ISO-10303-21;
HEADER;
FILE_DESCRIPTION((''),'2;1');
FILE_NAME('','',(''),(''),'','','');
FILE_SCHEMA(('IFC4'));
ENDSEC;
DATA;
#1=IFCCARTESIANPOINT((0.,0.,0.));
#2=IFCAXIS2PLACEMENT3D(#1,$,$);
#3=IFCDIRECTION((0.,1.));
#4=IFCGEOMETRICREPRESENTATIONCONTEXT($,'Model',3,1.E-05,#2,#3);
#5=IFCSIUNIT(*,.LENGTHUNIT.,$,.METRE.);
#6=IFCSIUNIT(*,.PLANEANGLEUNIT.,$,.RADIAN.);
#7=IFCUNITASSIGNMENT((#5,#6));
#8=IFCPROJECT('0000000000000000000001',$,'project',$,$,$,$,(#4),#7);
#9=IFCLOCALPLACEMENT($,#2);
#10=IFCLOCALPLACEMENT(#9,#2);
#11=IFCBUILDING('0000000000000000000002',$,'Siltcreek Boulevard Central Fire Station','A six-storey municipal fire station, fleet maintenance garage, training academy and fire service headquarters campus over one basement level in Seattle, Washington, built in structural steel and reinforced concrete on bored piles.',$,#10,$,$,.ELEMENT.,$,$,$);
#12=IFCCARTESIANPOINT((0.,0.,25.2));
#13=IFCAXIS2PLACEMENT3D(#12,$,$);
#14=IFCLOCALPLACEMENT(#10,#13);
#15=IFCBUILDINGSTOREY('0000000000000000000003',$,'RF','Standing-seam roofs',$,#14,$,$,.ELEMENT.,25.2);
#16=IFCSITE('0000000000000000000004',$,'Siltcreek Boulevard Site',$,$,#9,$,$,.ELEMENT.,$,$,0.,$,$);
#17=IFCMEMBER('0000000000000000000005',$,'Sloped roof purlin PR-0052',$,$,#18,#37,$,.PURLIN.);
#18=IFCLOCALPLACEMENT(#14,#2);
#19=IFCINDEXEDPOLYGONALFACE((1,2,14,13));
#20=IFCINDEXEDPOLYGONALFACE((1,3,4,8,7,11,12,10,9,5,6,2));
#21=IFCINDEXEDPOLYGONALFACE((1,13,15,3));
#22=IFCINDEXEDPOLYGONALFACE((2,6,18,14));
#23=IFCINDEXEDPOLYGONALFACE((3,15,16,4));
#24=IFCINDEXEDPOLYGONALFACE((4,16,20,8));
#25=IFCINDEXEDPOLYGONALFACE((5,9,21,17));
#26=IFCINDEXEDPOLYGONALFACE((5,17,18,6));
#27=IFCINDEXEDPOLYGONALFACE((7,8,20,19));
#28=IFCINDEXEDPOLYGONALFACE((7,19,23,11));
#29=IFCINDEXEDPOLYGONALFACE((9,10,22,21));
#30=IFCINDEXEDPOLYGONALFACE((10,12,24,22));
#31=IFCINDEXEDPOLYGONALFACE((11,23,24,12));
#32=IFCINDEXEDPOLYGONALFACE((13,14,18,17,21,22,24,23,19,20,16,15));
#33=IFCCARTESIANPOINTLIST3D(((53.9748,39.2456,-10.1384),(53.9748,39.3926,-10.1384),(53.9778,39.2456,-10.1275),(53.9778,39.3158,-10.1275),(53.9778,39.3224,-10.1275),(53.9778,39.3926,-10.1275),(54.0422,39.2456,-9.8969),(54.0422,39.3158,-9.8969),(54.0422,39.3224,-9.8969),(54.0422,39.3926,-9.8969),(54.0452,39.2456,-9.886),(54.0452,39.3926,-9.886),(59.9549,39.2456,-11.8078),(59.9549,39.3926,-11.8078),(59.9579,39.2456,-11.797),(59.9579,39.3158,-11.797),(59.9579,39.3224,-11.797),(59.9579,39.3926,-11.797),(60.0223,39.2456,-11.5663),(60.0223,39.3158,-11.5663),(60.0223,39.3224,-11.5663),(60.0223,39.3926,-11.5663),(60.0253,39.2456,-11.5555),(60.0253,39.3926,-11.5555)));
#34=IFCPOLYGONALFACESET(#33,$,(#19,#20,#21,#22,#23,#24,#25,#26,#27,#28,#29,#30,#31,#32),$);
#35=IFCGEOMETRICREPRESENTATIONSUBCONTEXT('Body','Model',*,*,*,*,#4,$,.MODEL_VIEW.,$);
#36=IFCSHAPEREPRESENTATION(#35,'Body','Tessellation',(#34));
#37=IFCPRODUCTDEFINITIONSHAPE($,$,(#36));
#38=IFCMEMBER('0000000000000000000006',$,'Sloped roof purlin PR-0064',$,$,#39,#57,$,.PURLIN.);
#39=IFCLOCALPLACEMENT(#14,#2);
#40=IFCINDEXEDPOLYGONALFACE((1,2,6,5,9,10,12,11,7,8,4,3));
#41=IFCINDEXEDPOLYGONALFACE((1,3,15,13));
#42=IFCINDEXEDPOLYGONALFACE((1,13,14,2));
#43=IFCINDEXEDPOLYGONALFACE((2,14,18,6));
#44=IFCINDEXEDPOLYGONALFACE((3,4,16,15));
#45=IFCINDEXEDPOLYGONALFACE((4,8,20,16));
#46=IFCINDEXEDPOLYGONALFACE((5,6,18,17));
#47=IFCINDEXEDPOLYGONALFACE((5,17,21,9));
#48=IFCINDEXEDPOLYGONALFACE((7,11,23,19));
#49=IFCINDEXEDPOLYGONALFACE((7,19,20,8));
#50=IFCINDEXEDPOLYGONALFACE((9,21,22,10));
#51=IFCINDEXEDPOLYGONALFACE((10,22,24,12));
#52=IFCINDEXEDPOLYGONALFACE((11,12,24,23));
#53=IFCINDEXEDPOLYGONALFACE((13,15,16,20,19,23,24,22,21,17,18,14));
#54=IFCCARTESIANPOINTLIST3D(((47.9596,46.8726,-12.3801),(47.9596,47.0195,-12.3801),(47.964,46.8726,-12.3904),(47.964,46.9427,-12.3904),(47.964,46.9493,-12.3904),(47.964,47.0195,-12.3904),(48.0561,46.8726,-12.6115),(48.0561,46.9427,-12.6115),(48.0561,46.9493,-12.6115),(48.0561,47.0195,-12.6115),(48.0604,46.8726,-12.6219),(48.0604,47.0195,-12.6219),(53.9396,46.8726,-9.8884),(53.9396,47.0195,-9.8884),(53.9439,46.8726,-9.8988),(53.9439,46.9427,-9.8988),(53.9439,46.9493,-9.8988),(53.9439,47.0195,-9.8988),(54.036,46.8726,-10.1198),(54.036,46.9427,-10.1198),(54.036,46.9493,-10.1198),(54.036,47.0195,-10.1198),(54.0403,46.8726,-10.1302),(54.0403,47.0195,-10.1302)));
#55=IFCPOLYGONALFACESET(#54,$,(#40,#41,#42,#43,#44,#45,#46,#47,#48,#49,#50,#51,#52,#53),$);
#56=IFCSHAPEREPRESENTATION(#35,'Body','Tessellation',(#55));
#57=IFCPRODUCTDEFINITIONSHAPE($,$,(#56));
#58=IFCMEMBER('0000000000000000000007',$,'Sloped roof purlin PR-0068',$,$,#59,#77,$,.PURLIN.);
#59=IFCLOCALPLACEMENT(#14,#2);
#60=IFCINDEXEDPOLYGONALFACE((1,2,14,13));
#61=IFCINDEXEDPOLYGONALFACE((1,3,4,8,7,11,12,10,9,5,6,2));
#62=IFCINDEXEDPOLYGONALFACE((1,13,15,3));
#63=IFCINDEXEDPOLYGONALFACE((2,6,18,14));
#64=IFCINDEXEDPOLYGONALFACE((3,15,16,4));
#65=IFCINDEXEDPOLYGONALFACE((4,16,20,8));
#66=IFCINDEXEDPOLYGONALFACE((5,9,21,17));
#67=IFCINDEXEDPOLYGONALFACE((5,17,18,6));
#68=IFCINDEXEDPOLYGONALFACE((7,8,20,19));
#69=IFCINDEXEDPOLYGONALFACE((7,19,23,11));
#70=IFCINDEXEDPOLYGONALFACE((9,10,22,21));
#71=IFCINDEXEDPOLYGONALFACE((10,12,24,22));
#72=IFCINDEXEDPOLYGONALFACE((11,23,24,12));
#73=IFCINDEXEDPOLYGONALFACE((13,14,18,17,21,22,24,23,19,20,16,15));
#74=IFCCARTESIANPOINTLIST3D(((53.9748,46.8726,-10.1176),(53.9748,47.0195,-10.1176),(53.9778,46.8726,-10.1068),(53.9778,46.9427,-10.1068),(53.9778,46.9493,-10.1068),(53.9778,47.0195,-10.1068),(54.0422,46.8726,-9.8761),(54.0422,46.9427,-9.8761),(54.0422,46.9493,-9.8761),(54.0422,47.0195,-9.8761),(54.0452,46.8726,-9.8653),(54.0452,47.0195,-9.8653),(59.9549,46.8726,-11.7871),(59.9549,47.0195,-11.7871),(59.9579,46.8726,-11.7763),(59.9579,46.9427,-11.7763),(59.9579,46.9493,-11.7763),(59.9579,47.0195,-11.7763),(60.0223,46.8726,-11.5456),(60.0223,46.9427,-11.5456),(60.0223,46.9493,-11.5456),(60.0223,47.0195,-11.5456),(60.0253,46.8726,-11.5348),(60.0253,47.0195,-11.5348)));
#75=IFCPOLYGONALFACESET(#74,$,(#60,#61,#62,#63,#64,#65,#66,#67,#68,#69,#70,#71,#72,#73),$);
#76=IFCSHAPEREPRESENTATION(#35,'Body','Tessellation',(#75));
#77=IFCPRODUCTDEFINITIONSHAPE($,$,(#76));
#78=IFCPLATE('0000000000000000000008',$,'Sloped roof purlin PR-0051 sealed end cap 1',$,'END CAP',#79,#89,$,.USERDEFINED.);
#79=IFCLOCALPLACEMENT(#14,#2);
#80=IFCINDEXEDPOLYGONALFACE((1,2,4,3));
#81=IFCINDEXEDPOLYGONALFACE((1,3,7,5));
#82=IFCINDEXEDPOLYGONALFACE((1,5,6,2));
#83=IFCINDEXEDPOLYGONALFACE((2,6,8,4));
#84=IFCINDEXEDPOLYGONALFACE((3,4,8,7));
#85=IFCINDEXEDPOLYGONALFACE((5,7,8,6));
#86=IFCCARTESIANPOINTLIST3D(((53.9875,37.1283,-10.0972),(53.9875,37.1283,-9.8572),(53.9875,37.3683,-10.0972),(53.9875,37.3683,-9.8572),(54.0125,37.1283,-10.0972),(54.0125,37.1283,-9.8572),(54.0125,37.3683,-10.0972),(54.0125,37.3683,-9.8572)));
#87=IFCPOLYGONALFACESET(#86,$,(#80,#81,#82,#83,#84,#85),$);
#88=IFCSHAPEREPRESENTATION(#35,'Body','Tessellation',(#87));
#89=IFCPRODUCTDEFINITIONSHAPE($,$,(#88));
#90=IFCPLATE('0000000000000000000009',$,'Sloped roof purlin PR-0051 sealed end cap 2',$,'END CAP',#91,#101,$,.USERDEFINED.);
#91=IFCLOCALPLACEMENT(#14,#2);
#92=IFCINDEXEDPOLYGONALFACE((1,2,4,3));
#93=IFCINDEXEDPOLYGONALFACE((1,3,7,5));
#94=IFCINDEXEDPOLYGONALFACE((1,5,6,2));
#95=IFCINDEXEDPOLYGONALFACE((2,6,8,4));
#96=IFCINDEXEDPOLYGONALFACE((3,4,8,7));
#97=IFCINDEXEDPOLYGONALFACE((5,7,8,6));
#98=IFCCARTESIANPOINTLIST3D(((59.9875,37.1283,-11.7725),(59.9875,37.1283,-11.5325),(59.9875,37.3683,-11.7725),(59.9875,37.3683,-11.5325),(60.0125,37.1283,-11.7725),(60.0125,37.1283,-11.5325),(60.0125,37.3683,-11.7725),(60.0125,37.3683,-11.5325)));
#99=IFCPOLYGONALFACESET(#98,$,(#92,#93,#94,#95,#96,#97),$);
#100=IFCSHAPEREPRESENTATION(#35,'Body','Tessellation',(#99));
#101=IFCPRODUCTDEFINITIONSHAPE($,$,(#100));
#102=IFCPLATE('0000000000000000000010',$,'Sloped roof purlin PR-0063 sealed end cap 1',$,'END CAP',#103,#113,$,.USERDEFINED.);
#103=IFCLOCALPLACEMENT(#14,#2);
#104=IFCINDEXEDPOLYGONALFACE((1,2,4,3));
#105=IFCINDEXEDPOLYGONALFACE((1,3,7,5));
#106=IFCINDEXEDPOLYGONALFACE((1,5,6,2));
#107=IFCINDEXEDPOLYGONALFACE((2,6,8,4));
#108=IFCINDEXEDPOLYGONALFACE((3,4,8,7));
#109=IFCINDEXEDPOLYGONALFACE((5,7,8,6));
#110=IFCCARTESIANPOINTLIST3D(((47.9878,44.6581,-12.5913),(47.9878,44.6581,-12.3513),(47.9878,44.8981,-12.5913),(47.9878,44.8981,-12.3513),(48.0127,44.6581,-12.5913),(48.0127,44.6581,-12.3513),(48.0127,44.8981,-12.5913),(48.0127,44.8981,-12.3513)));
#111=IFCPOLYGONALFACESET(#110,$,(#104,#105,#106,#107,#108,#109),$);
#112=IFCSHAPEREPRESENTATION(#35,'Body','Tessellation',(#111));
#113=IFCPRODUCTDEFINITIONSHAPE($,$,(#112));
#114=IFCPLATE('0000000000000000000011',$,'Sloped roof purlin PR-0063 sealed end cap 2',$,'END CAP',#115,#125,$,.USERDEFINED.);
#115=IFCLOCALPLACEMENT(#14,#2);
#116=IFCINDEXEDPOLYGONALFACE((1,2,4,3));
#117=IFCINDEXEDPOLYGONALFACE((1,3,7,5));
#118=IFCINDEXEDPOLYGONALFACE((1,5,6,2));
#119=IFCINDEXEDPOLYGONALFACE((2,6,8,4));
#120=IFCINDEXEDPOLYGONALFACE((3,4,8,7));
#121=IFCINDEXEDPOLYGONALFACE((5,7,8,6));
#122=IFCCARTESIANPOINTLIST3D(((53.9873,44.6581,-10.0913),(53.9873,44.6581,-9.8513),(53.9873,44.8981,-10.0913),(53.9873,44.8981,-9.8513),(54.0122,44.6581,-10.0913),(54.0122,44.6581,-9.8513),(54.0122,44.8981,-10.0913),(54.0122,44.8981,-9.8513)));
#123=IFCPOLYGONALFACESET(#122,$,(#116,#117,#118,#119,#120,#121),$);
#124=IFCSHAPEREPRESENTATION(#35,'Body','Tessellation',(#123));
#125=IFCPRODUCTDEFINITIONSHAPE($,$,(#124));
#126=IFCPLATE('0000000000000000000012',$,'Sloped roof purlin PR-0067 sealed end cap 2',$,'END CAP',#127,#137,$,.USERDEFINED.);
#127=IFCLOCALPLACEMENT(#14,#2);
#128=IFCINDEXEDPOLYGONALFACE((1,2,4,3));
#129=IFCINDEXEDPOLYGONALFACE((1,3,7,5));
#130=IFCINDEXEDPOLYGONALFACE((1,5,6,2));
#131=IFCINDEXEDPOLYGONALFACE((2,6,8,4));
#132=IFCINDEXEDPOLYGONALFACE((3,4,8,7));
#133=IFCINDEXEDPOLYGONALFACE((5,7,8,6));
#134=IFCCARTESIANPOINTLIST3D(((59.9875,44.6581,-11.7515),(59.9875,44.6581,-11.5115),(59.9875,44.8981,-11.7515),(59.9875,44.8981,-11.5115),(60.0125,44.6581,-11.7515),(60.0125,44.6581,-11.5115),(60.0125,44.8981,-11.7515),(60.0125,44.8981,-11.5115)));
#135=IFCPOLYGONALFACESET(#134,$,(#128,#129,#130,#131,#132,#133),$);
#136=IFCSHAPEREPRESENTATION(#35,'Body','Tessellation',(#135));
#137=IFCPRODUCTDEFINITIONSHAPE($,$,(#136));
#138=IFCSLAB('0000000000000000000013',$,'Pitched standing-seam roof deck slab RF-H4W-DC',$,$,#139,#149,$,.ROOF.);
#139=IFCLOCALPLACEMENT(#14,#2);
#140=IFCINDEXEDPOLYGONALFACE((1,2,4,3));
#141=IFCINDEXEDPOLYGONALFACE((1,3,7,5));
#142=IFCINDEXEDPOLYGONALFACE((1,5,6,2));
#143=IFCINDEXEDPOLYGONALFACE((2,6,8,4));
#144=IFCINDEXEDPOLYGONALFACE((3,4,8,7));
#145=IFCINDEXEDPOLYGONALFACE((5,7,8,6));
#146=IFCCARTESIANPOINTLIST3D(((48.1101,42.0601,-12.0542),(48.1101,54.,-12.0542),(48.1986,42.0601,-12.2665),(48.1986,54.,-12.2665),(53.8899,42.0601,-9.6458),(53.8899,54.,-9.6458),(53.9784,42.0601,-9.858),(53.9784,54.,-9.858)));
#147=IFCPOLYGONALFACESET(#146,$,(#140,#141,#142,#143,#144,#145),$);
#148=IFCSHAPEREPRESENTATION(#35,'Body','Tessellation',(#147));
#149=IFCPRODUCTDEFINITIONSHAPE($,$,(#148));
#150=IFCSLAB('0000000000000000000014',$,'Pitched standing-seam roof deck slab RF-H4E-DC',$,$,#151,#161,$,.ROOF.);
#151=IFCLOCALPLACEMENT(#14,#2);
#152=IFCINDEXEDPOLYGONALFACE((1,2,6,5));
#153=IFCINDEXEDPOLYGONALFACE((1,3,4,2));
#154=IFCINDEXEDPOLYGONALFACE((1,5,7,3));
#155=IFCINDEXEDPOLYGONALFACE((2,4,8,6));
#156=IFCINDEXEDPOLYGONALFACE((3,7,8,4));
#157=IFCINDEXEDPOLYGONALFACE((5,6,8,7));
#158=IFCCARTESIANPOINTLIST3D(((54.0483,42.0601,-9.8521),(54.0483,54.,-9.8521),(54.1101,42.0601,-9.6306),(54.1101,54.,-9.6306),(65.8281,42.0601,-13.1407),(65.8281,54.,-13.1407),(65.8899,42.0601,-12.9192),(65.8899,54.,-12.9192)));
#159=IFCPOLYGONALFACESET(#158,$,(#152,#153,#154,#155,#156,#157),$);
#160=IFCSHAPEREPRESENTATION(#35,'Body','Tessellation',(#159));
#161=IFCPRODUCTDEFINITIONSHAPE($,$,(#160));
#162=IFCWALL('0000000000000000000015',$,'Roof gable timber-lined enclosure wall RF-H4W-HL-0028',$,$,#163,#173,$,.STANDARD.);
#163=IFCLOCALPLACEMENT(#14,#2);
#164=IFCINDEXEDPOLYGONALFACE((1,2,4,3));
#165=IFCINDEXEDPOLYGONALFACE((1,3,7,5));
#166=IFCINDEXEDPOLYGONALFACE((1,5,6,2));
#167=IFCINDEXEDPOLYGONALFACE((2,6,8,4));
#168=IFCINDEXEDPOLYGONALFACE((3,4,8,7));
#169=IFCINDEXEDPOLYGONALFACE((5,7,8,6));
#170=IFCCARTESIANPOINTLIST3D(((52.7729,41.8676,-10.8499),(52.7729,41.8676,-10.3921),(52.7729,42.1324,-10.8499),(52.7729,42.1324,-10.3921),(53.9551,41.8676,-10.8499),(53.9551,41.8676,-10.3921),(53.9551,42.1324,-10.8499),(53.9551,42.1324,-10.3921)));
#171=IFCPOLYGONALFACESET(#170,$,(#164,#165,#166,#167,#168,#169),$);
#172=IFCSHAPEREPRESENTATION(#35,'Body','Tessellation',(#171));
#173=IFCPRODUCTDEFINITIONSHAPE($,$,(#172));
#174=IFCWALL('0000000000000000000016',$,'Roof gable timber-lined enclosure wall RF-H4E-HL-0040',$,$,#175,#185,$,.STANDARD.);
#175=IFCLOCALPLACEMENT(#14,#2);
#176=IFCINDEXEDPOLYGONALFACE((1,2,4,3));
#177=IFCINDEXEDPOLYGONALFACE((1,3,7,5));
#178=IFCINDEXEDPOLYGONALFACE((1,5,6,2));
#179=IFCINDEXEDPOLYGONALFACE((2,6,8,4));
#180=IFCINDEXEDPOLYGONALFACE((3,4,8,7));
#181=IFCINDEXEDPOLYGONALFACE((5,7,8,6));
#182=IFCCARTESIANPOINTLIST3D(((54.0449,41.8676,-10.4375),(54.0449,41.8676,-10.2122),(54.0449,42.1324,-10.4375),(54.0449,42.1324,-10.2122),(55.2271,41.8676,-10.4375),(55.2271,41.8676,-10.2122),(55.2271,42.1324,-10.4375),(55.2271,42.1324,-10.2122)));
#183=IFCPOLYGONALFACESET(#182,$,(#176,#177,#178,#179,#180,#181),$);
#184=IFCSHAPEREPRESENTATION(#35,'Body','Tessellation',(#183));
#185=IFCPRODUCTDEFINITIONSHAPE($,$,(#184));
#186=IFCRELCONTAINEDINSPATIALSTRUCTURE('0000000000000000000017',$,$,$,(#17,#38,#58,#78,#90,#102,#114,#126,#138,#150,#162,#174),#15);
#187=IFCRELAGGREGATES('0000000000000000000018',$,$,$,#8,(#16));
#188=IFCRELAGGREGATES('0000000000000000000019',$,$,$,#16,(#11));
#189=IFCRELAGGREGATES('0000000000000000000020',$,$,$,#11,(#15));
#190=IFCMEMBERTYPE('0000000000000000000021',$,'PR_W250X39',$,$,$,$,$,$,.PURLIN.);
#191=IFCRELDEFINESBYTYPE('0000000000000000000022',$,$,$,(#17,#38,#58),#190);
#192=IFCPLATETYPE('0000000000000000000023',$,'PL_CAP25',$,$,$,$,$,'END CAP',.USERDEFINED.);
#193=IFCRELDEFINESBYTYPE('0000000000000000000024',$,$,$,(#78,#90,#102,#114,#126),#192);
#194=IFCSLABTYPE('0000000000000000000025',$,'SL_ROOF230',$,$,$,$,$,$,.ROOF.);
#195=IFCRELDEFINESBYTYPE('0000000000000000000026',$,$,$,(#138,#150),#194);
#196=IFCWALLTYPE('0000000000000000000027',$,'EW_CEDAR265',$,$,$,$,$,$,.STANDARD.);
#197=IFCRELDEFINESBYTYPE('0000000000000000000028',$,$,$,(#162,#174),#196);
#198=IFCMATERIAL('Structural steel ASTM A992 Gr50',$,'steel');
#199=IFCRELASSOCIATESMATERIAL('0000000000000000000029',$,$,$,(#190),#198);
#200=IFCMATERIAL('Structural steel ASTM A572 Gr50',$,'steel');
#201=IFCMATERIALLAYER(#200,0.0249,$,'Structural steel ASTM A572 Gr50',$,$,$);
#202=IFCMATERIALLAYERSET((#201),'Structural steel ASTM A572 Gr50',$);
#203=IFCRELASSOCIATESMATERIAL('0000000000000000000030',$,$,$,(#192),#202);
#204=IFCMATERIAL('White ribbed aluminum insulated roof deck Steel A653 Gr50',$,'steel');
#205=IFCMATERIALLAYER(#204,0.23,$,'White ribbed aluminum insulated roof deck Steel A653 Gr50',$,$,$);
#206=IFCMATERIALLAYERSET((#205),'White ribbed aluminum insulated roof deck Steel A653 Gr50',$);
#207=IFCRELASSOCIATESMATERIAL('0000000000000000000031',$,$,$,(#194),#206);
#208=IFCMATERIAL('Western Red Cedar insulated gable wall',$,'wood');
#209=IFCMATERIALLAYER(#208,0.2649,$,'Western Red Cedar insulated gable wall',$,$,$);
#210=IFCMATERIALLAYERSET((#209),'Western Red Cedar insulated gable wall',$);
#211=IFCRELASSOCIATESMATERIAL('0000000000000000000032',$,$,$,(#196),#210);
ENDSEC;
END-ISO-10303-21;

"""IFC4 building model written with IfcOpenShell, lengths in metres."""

from ifc_helpers import new_model, si_unit, direction, frame, frame_2d, origin, origin_2d, place, context, subcontext, project, spatial, polyline, rectangle, i_section, outline, extrude, material, layer, layer_set, material_profile, profile_set, type_object, element, save


model = new_model("IFC4")

# Units and contexts
model_context = context("Model", 3, precision=1e-05, world=origin(), true_north=direction((0.0, 1.0)))
body_context = subcontext(model_context, "Body", "Model", "MODEL_VIEW")
ifc_project = project(units=[si_unit("LENGTHUNIT", "METRE"), si_unit("PLANEANGLEUNIT", "RADIAN")], contexts=[model_context])

# Site, building, storey
site_placement = place(None, origin())
site = spatial("IfcSite", under=ifc_project, at=site_placement, Name="Siltcreek Boulevard Site", CompositionType="ELEMENT", RefElevation=0.0)
building_placement = place(site_placement, origin())
building = spatial("IfcBuilding", under=site, at=building_placement, Name="Siltcreek Boulevard Central Fire Station", Description="A six-storey municipal fire station, fleet maintenance garage, training academy and fire service headquarters campus over one basement level in Seattle, Washington, built in structural steel and reinforced concrete on bored piles.", CompositionType="ELEMENT")
storey_placement = place(building_placement, frame((0.0, 0.0, 25.2)))
storey = spatial("IfcBuildingStorey", under=building, at=storey_placement, Name="RF", Description="Standing-seam roofs", CompositionType="ELEMENT", Elevation=25.2)

# Shared definitions
ifc_material_1 = material(Name="Structural steel ASTM A992 Gr50", Category="steel")

# Members
ifc_material_profile_1 = material_profile(ifc_material_1, i_section(OverallWidth=0.147, OverallDepth=0.262, WebThickness=0.0066, FlangeThickness=0.0112, at=origin_2d()), Name="W250X39")
ifc_profile_set_1 = profile_set([ifc_material_profile_1], Name="Structural steel ASTM A992 Gr50")
member_type_1 = type_object("IfcMemberType", Name="PR_W250X39", PredefinedType="PURLIN", material=ifc_profile_set_1)
member_1_placement = place(storey_placement, frame((54.01, 39.3191, -10.0122), z_axis=(0.963171, 0.0, -0.268889), x_axis=(0.0, 1.0, 0.0)))
element("IfcMember", 1, at=member_1_placement, inside=storey, type_object=member_type_1, Name="Sloped roof purlin PR-0052", PredefinedType="PURLIN", context=body_context, shape_type="SweptSolid", body=[
    extrude(i_section(OverallWidth=0.147, OverallDepth=0.262, WebThickness=0.0066, FlangeThickness=0.0112, at=origin_2d()), origin(), (0.0, 0.0, 1.0), 6.2087),
])
member_2_placement = place(storey_placement, frame((48.01, 46.946, -12.501), z_axis=(0.923075, 0.0, 0.384621), x_axis=(0.0, 1.0, 0.0)))
element("IfcMember", 2, at=member_2_placement, inside=storey, type_object=member_type_1, Name="Sloped roof purlin PR-0064", PredefinedType="PURLIN", context=body_context, shape_type="SweptSolid", body=[
    extrude(i_section(OverallWidth=0.147, OverallDepth=0.262, WebThickness=0.0066, FlangeThickness=0.0112, at=origin_2d()), origin(), (0.0, 0.0, 1.0), 6.4783),
])
member_3_placement = place(storey_placement, frame((54.01, 46.946, -9.9915), z_axis=(0.963171, 0.0, -0.268889), x_axis=(0.0, 1.0, 0.0)))
element("IfcMember", 3, at=member_3_placement, inside=storey, type_object=member_type_1, Name="Sloped roof purlin PR-0068", PredefinedType="PURLIN", context=body_context, shape_type="SweptSolid", body=[
    extrude(i_section(OverallWidth=0.147, OverallDepth=0.262, WebThickness=0.0066, FlangeThickness=0.0112, at=origin_2d()), origin(), (0.0, 0.0, 1.0), 6.2087),
])

# Plates
ifc_material_2 = material(Name="Structural steel ASTM A572 Gr50", Category="steel")
ifc_layer_1 = layer(ifc_material_2, 0.0249, Name="Structural steel ASTM A572 Gr50")
ifc_layer_set_1 = layer_set([ifc_layer_1], Name="Structural steel ASTM A572 Gr50")
plate_type = type_object("IfcPlateType", Name="PL_CAP25", ElementType="END CAP", PredefinedType="USERDEFINED", material=ifc_layer_set_1)
for number, where, z_axis, x_axis, name in (
    (4, (54.0, 37.2483, -10.0972), (0.0, 0.0, 1.0), (1.0, 0.0, 0.0), "Sloped roof purlin PR-0051 sealed end cap 1"),
    (5, (60.0, 37.2483, -11.7725), (0.0, 0.0, 1.0), (1.0, 0.0, 0.0), "Sloped roof purlin PR-0051 sealed end cap 2"),
    (6, (48.0002, 44.7781, -12.5913), (0.0, 0.0, 1.0), (1.0, 0.0, 0.0), "Sloped roof purlin PR-0063 sealed end cap 1"),
    (7, (53.9998, 44.7781, -10.0913), (0.0, 0.0, 1.0), (1.0, 0.0, 0.0), "Sloped roof purlin PR-0063 sealed end cap 2"),
    (8, (60.0, 44.7781, -11.7515), (0.0, 0.0, 1.0), (1.0, 0.0, 0.0), "Sloped roof purlin PR-0067 sealed end cap 2"),
):
    element("IfcPlate", number, at=place(storey_placement, frame(where, z_axis=z_axis, x_axis=x_axis)), inside=storey, type_object=plate_type, Name=name, ObjectType="END CAP", PredefinedType="USERDEFINED", context=body_context, shape_type="SweptSolid", body=[
        extrude(rectangle(XDim=0.0249, YDim=0.24, at=origin_2d()), origin(), (0.0, 0.0, 1.0), 0.24),
    ])

# Slabs
ifc_material_3 = material(Name="White ribbed aluminum insulated roof deck Steel A653 Gr50", Category="steel")
ifc_layer_2 = layer(ifc_material_3, 0.23, Name="White ribbed aluminum insulated roof deck Steel A653 Gr50")
ifc_layer_set_2 = layer_set([ifc_layer_2], Name="White ribbed aluminum insulated roof deck Steel A653 Gr50")
slab_type = type_object("IfcSlabType", Name="SL_ROOF230", PredefinedType="ROOF", material=ifc_layer_set_2)
slab_1_placement = place(storey_placement, frame((48.1101, 42.0601, -12.0542), z_axis=(-0.384643, 0.0, 0.923065), x_axis=(0.923065, 0.0, 0.384643)))
element("IfcSlab", 9, at=slab_1_placement, inside=storey, type_object=slab_type, Name="Pitched standing-seam roof deck slab RF-H4W-DC", PredefinedType="ROOF", context=body_context, shape_type="SweptSolid", body=[
    extrude(outline(polyline([(0.0, 0.0), (6.2615, 0.0), (6.2615, 11.9399), (0.0, 11.9399), (0.0, 0.0)])), origin(), (0.0, 0.0, -1.0), 0.23),
])
slab_2_placement = place(storey_placement, frame((54.1101, 42.0601, -9.6306), z_axis=(0.268889, 0.0, 0.963171), x_axis=(0.963171, 0.0, -0.268889)))
element("IfcSlab", 10, at=slab_2_placement, inside=storey, type_object=slab_type, Name="Pitched standing-seam roof deck slab RF-H4E-DC", PredefinedType="ROOF", context=body_context, shape_type="SweptSolid", body=[
    extrude(outline(polyline([(0.0, 0.0), (12.2302, 0.0), (12.2302, 11.9399), (0.0, 11.9399), (0.0, 0.0)])), origin(), (0.0, 0.0, -1.0), 0.23),
])

# Walls
ifc_material_4 = material(Name="Western Red Cedar insulated gable wall", Category="wood")
ifc_layer_3 = layer(ifc_material_4, 0.2649, Name="Western Red Cedar insulated gable wall")
ifc_layer_set_3 = layer_set([ifc_layer_3], Name="Western Red Cedar insulated gable wall")
wall_type = type_object("IfcWallType", Name="EW_CEDAR265", PredefinedType="STANDARD", material=ifc_layer_set_3)
wall_1_placement = place(storey_placement, frame((53.9551, 42.0, -10.8499), z_axis=(0.0, 0.0, 1.0), x_axis=(-1.0, 0.0, 0.0)))
element("IfcWall", 11, at=wall_1_placement, inside=storey, type_object=wall_type, Name="Roof gable timber-lined enclosure wall RF-H4W-HL-0028", PredefinedType="STANDARD", context=body_context, shape_type="SweptSolid", body=[
    extrude(rectangle(XDim=1.1821, YDim=0.2649, at=frame_2d((0.5911, 0.0))), origin(), (0.0, 0.0, 1.0), 0.4578),
])
wall_2_placement = place(storey_placement, frame((55.2271, 42.0, -10.4375), z_axis=(0.0, 0.0, 1.0), x_axis=(-1.0, 0.0, 0.0)))
element("IfcWall", 12, at=wall_2_placement, inside=storey, type_object=wall_type, Name="Roof gable timber-lined enclosure wall RF-H4E-HL-0040", PredefinedType="STANDARD", context=body_context, shape_type="SweptSolid", body=[
    extrude(rectangle(XDim=1.1821, YDim=0.2649, at=frame_2d((0.5911, 0.0))), origin(), (0.0, 0.0, 1.0), 0.2253),
])

save(model, "model.ifc")
